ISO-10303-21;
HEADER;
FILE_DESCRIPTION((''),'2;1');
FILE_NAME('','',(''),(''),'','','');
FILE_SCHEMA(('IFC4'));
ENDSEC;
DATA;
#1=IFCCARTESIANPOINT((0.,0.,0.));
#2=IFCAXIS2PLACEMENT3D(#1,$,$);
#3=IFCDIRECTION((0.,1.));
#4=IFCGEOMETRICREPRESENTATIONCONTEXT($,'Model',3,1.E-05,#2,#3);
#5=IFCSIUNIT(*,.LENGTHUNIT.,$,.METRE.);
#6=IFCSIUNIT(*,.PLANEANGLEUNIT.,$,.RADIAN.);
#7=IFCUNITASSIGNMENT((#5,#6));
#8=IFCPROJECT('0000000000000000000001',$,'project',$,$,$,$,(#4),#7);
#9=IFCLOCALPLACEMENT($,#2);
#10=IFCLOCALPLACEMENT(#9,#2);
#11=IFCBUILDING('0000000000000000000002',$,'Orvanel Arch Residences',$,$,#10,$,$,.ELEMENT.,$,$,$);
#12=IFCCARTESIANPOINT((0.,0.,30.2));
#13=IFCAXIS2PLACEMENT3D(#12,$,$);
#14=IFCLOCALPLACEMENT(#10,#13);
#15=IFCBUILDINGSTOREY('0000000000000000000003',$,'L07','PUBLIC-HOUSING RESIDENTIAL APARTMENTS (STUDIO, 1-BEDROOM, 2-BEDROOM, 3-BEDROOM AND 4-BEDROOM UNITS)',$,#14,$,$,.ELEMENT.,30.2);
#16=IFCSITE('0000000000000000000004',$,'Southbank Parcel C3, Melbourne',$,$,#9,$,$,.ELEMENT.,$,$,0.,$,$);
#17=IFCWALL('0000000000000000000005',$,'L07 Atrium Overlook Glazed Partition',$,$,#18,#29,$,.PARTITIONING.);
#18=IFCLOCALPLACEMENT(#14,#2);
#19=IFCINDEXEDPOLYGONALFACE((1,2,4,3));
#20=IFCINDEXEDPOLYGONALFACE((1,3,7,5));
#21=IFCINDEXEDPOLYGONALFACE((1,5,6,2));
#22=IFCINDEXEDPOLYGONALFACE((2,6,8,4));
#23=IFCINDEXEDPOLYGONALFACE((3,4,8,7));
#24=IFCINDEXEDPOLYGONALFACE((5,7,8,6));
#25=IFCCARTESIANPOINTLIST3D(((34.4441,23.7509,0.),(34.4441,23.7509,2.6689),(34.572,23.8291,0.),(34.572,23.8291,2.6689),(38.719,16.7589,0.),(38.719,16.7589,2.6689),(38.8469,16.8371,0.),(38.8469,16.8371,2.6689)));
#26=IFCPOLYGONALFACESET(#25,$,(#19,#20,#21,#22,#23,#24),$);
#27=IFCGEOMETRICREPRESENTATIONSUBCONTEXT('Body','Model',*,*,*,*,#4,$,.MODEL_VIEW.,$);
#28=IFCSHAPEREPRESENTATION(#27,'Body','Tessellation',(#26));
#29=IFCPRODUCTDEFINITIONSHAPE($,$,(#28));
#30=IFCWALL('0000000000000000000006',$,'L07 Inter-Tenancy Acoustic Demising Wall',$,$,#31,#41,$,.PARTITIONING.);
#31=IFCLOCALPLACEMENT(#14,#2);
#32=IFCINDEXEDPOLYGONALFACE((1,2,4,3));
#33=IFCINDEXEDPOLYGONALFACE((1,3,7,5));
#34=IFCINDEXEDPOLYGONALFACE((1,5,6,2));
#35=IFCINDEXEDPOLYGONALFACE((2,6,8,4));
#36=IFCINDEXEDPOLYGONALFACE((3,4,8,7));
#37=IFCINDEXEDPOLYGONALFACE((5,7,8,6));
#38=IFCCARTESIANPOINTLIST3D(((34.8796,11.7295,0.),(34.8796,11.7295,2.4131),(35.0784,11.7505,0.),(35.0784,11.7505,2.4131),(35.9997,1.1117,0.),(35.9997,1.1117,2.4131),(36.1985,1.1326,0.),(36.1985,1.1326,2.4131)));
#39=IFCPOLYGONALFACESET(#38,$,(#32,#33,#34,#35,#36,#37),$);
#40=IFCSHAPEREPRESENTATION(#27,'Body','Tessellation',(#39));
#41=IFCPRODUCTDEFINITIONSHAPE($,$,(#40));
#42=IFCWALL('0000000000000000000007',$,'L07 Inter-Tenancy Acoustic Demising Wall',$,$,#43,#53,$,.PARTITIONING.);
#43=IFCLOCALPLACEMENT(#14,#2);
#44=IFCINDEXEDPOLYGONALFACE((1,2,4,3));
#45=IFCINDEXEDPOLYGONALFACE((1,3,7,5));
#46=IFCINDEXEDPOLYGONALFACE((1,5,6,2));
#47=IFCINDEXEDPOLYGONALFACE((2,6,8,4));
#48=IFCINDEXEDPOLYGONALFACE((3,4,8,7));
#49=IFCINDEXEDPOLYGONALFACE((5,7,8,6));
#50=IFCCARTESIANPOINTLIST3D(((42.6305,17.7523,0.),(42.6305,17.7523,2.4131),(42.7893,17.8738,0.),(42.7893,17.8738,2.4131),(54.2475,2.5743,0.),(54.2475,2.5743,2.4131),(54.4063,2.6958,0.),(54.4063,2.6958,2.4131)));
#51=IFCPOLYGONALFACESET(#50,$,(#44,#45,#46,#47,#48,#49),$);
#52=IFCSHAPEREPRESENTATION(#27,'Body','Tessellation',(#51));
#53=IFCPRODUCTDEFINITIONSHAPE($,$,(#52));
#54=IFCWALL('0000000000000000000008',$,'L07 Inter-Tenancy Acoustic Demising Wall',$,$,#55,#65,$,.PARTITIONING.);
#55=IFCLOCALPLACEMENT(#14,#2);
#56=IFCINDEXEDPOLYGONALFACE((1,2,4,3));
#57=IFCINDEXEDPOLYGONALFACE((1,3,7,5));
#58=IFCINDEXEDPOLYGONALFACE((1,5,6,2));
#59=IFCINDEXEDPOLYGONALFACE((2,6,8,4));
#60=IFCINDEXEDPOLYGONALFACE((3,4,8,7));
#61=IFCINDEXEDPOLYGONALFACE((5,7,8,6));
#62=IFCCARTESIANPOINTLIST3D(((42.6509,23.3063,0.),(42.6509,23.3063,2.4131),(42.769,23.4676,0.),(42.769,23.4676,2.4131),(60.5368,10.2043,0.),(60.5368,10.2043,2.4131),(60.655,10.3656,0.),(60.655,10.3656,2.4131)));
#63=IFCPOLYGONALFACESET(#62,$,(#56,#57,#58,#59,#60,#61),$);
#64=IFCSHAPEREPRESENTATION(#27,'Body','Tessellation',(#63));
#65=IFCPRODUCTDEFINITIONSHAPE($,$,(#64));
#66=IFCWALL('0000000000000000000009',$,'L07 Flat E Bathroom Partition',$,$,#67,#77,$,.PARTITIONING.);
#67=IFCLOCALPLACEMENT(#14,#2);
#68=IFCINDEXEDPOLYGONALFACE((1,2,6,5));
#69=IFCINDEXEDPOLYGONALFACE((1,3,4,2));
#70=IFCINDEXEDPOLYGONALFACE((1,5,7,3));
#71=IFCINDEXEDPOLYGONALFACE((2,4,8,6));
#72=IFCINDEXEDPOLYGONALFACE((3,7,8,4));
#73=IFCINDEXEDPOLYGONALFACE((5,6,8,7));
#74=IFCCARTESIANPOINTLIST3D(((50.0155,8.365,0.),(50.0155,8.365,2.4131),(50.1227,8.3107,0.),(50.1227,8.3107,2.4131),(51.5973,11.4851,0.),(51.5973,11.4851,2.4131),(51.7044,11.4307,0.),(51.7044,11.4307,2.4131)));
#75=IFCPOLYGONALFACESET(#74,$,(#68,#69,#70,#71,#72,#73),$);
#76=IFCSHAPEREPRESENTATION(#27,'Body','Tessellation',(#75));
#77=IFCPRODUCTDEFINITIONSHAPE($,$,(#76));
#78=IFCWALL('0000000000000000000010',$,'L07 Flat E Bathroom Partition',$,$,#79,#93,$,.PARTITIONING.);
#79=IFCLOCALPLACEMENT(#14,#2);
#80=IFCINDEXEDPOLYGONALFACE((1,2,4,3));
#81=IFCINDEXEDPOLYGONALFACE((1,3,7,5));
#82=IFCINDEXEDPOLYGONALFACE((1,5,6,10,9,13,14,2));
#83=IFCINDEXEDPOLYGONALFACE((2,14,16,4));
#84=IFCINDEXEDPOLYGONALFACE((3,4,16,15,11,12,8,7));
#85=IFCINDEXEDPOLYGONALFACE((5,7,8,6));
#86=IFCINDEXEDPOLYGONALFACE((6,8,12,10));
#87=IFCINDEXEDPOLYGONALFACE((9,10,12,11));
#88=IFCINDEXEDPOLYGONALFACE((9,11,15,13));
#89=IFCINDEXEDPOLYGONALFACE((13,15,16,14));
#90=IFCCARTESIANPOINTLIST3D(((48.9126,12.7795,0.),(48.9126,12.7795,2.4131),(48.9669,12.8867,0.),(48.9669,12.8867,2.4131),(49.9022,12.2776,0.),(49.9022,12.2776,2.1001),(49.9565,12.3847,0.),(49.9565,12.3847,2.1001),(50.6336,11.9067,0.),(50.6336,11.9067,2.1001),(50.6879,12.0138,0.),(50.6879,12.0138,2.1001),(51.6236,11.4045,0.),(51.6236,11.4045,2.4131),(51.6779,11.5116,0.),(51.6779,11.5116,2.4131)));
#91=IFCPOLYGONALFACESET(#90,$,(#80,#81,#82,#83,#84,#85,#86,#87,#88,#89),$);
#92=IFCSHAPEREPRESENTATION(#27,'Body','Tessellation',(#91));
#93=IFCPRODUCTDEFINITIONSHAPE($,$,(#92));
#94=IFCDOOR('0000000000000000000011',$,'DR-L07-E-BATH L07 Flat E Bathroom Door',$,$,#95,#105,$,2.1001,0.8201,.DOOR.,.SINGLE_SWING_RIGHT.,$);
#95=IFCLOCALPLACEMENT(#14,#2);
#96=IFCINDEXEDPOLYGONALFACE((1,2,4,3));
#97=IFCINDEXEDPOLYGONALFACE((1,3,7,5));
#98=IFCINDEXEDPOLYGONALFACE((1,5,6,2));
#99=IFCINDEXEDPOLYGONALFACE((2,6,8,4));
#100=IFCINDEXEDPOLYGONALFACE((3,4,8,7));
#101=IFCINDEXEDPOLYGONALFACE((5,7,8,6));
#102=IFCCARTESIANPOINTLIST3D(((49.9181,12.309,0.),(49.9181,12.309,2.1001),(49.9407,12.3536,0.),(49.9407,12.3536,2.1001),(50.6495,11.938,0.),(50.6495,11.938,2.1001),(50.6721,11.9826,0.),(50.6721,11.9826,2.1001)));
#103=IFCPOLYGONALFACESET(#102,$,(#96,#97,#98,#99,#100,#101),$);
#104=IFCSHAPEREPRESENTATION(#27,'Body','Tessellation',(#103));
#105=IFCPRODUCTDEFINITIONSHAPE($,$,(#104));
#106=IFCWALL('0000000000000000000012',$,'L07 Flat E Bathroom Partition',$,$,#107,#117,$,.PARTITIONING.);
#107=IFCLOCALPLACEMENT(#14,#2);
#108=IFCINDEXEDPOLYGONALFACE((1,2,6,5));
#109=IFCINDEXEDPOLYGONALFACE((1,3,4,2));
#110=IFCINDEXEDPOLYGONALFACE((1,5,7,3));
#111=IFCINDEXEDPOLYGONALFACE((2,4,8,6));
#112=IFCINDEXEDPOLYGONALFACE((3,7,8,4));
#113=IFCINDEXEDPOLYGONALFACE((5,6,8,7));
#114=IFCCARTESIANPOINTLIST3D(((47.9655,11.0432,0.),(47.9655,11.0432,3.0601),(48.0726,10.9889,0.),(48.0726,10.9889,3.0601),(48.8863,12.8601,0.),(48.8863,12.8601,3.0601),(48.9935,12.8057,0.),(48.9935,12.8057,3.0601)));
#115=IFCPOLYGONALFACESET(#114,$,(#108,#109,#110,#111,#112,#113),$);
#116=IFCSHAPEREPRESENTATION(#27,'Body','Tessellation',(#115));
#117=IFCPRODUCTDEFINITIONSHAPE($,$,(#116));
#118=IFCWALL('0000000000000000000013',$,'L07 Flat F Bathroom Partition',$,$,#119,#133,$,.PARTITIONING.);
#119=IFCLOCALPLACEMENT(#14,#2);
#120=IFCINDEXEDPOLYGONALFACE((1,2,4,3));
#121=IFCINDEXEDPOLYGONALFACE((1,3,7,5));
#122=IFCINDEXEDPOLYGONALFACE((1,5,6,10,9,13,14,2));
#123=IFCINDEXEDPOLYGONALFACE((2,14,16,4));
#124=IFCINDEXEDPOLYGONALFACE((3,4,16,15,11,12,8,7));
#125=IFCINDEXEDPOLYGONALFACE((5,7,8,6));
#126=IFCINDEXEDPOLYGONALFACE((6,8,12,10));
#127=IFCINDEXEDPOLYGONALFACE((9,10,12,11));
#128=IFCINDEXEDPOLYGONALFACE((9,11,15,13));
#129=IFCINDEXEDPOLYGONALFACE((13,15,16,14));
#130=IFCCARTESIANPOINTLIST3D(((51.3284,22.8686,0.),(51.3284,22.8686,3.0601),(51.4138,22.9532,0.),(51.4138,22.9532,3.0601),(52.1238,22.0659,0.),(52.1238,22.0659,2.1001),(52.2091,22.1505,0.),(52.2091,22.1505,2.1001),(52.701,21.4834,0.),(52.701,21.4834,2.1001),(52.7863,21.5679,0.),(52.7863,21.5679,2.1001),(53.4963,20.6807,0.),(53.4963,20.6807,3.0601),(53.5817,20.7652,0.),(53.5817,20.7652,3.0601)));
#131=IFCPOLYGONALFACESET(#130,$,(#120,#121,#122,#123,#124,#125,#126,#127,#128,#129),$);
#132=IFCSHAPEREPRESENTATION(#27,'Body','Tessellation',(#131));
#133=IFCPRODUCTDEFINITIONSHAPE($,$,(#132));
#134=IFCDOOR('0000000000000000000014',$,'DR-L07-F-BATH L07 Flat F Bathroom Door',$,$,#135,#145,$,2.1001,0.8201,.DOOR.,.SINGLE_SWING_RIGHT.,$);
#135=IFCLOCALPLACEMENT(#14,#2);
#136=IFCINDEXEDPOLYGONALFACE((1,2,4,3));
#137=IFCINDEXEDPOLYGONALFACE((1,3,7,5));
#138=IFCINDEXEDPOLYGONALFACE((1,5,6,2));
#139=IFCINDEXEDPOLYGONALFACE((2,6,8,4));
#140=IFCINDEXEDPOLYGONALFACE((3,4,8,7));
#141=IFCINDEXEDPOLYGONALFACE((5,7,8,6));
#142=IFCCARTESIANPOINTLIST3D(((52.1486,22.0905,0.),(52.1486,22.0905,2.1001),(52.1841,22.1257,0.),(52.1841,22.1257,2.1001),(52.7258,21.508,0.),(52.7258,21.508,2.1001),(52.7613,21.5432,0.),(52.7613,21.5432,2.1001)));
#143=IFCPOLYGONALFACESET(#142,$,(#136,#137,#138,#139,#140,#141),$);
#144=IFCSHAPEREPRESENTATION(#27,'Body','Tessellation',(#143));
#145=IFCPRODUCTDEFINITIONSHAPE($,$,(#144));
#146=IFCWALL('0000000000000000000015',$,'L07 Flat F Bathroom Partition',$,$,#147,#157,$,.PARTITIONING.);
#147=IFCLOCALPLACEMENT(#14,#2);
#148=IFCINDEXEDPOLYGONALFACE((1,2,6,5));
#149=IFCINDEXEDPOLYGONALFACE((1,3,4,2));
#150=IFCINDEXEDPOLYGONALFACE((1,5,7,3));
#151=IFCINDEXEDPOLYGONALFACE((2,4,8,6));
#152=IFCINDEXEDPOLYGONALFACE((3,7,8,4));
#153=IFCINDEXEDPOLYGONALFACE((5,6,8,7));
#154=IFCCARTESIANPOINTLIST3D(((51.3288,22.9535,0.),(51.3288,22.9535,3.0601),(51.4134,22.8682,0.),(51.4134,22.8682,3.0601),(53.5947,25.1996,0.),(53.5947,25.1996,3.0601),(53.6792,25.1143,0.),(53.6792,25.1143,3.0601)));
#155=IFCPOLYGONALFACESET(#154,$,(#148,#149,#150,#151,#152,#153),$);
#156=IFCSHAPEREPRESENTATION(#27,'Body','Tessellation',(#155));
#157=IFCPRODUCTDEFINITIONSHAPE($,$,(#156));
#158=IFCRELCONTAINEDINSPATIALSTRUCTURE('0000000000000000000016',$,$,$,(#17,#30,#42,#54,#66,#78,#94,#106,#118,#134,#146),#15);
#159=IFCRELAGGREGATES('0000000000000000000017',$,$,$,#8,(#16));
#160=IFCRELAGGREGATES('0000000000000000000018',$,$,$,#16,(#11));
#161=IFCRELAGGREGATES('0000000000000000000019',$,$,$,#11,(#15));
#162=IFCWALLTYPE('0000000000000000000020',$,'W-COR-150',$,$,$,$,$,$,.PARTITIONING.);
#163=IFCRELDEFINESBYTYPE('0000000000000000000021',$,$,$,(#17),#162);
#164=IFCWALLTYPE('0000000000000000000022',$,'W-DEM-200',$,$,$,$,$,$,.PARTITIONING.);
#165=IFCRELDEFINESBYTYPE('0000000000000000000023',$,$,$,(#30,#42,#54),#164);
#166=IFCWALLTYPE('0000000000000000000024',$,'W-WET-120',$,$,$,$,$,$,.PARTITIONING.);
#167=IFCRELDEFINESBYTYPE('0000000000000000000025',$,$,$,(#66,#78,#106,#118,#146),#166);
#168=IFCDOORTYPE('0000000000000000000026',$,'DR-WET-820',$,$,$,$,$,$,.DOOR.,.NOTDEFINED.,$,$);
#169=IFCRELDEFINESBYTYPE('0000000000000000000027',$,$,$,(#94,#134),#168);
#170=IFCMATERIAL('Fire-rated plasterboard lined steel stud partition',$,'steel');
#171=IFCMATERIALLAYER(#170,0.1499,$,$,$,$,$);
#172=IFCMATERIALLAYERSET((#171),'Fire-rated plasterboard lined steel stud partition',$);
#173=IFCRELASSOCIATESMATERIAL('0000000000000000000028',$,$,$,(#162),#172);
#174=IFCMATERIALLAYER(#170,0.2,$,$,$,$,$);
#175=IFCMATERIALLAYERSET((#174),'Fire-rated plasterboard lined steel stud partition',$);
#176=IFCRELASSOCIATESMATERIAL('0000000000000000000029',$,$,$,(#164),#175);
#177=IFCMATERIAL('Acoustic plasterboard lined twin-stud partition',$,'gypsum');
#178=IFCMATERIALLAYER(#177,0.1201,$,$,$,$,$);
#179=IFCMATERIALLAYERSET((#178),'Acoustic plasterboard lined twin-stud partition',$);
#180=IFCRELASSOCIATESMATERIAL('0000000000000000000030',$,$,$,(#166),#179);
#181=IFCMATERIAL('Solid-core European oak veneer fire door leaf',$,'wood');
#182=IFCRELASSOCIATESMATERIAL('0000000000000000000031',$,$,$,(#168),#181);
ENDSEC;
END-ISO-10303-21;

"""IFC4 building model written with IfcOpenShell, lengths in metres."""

from ifc_helpers import new_model, si_unit, direction, frame, frame_2d, origin, place, context, subcontext, project, spatial, rectangle, extrude, material, layer, layer_set, type_object, element, fill, save


model = new_model("IFC4")

# Units and contexts
model_context = context("Model", 3, precision=1e-05, world=origin(), true_north=direction((0.0, 1.0)))
body_context = subcontext(model_context, "Body", "Model", "MODEL_VIEW")
ifc_project = project(units=[si_unit("LENGTHUNIT", "METRE"), si_unit("PLANEANGLEUNIT", "RADIAN")], contexts=[model_context])

# Site, building, storey
site_placement = place(None, origin())
site = spatial("IfcSite", under=ifc_project, at=site_placement, Name="Southbank Parcel C3, Melbourne", CompositionType="ELEMENT", RefElevation=0.0)
building_placement = place(site_placement, origin())
building = spatial("IfcBuilding", under=site, at=building_placement, Name="Orvanel Arch Residences", CompositionType="ELEMENT")
storey_placement = place(building_placement, frame((0.0, 0.0, 30.2)))
storey = spatial("IfcBuildingStorey", under=building, at=storey_placement, Name="L07", Description="PUBLIC-HOUSING RESIDENTIAL APARTMENTS (STUDIO, 1-BEDROOM, 2-BEDROOM, 3-BEDROOM AND 4-BEDROOM UNITS)", CompositionType="ELEMENT", Elevation=30.2)

# Shared definitions
ifc_material_1 = material(Name="Fire-rated plasterboard lined steel stud partition", Category="steel")
ifc_layer_1 = layer(ifc_material_1, 0.1499)
ifc_layer_set_1 = layer_set([ifc_layer_1], Name="Fire-rated plasterboard lined steel stud partition")
wall_type_1 = type_object("IfcWallType", Name="W-COR-150", PredefinedType="PARTITIONING", material=ifc_layer_set_1)
ifc_material_2 = material(Name="Solid-core European oak veneer fire door leaf", Category="wood")

# Walls
wall_1_placement = place(storey_placement, frame((34.5081, 23.79, 0.0), z_axis=(0.0, 0.0, 1.0), x_axis=(0.521632, -0.853171, 0.0)))
element("IfcWall", 1, at=wall_1_placement, inside=storey, type_object=wall_type_1, Name="L07 Atrium Overlook Glazed Partition", PredefinedType="PARTITIONING", context=body_context, shape_type="SweptSolid", body=[
    extrude(rectangle(XDim=8.1953, YDim=0.1499, at=frame_2d((4.0977, 0.0))), origin(), (0.0, 0.0, 1.0), 2.6689),
])
ifc_layer_2 = layer(ifc_material_1, 0.2)
ifc_layer_set_2 = layer_set([ifc_layer_2], Name="Fire-rated plasterboard lined steel stud partition")
wall_type_2 = type_object("IfcWallType", Name="W-DEM-200", PredefinedType="PARTITIONING", material=ifc_layer_set_2)
wall_2_placement = place(storey_placement, frame((34.979, 11.74, 0.0), z_axis=(0.0, 0.0, 1.0), x_axis=(0.104911, -0.994482, 0.0)))
element("IfcWall", 2, at=wall_2_placement, inside=storey, type_object=wall_type_2, Name="L07 Inter-Tenancy Acoustic Demising Wall", PredefinedType="PARTITIONING", context=body_context, shape_type="SweptSolid", body=[
    extrude(rectangle(XDim=10.6768, YDim=0.2, at=frame_2d((5.3384, 0.0))), origin(), (0.0, 0.0, 1.0), 2.4131),
])
wall_3_placement = place(storey_placement, frame((42.71, 17.813, 0.0), z_axis=(0.0, 0.0, 1.0), x_axis=(0.607789, -0.794099, 0.0)))
element("IfcWall", 3, at=wall_3_placement, inside=storey, type_object=wall_type_2, Name="L07 Inter-Tenancy Acoustic Demising Wall", PredefinedType="PARTITIONING", context=body_context, shape_type="SweptSolid", body=[
    extrude(rectangle(XDim=19.1135, YDim=0.2, at=frame_2d((9.5566, 0.0))), origin(), (0.0, 0.0, 1.0), 2.4131),
])
wall_4_placement = place(storey_placement, frame((42.71, 23.387, 0.0), z_axis=(0.0, 0.0, 1.0), x_axis=(0.806713, -0.590943, 0.0)))
element("IfcWall", 4, at=wall_4_placement, inside=storey, type_object=wall_type_2, Name="L07 Inter-Tenancy Acoustic Demising Wall", PredefinedType="PARTITIONING", context=body_context, shape_type="SweptSolid", body=[
    extrude(rectangle(XDim=22.1714, YDim=0.2, at=frame_2d((11.0857, 0.0))), origin(), (0.0, 0.0, 1.0), 2.4131),
])
ifc_material_3 = material(Name="Acoustic plasterboard lined twin-stud partition", Category="gypsum")
ifc_layer_3 = layer(ifc_material_3, 0.1201)
ifc_layer_set_3 = layer_set([ifc_layer_3], Name="Acoustic plasterboard lined twin-stud partition")
wall_type_3 = type_object("IfcWallType", Name="W-WET-120", PredefinedType="PARTITIONING", material=ifc_layer_set_3)
wall_5_placement = place(storey_placement, frame((50.0691, 8.3379, 0.0), z_axis=(0.0, 0.0, 1.0), x_axis=(0.452176, 0.891929, 0.0)))
element("IfcWall", 5, at=wall_5_placement, inside=storey, type_object=wall_type_3, Name="L07 Flat E Bathroom Partition", PredefinedType="PARTITIONING", context=body_context, shape_type="SweptSolid", body=[
    extrude(rectangle(XDim=3.498, YDim=0.1201, at=frame_2d((1.749, 0.0))), origin(), (0.0, 0.0, 1.0), 2.4131),
])

# Wall, opening, door
wall_6_placement = place(storey_placement, frame((51.6509, 11.458, 0.0), z_axis=(0.0, 0.0, 1.0), x_axis=(-0.891842, 0.452347, 0.0)))
wall_6 = element("IfcWall", 6, at=wall_6_placement, inside=storey, type_object=wall_type_3, Name="L07 Flat E Bathroom Partition", PredefinedType="PARTITIONING", context=body_context, shape_type="SweptSolid", body=[
    extrude(rectangle(XDim=3.0398, YDim=0.1201, at=frame_2d((1.52, 0.0))), origin(), (0.0, 0.0, 1.0), 2.4131),
])
opening_1_placement = place(wall_6_placement, frame((1.1101, 0.0, 0.0)))
opening_1 = element("IfcOpeningElement", 7, at=opening_1_placement, cuts=wall_6, PredefinedType="OPENING", context=body_context, shape_type="SweptSolid", body=[
    extrude(rectangle(XDim=0.8201, YDim=2.1001, at=frame_2d((0.4102, 1.05))), frame((0.0, 0.0701, 0.0), z_axis=(0.0, -1.0, 0.0), x_axis=(1.0, 0.0, 0.0)), (0.0, 0.0, 1.0), 0.1401),
])
door_type_1 = type_object("IfcDoorType", Name="DR-WET-820", OperationType="NOTDEFINED", PredefinedType="DOOR", material=ifc_material_2)
door_1_placement = place(opening_1_placement, origin())
door_1 = element("IfcDoor", 8, at=door_1_placement, inside=storey, type_object=door_type_1, Name="DR-L07-E-BATH L07 Flat E Bathroom Door", OperationType="SINGLE_SWING_RIGHT", OverallHeight=2.1001, OverallWidth=0.8201, PredefinedType="DOOR", context=body_context, shape_type="SweptSolid", body=[
    extrude(rectangle(XDim=0.8201, YDim=2.1001, at=frame_2d((0.4102, 1.05))), frame((0.0, 0.0249, 0.0), z_axis=(0.0, -1.0, 0.0), x_axis=(1.0, 0.0, 0.0)), (0.0, 0.0, 1.0), 0.05),
])
fill(opening_1, door_1)

# Wall
wall_7_placement = place(storey_placement, frame((48.9399, 12.833, 0.0), z_axis=(0.0, 0.0, 1.0), x_axis=(-0.452097, -0.891969, 0.0)))
element("IfcWall", 9, at=wall_7_placement, inside=storey, type_object=wall_type_3, Name="L07 Flat E Bathroom Partition", PredefinedType="PARTITIONING", context=body_context, shape_type="SweptSolid", body=[
    extrude(rectangle(XDim=2.0369, YDim=0.1201, at=frame_2d((1.0186, 0.0))), origin(), (0.0, 0.0, 1.0), 3.0601),
])

# Wall, opening, door
wall_8_placement = place(storey_placement, frame((51.3711, 22.9109, 0.0), z_axis=(0.0, 0.0, 1.0), x_axis=(0.70385, -0.710349, 0.0)))
wall_8 = element("IfcWall", 10, at=wall_8_placement, inside=storey, type_object=wall_type_3, Name="L07 Flat F Bathroom Partition", PredefinedType="PARTITIONING", context=body_context, shape_type="SweptSolid", body=[
    extrude(rectangle(XDim=3.0801, YDim=0.1201, at=frame_2d((1.54, 0.0))), origin(), (0.0, 0.0, 1.0), 3.0601),
])
opening_2_placement = place(wall_8_placement, frame((1.1299, 0.0, 0.0)))
opening_2 = element("IfcOpeningElement", 11, at=opening_2_placement, cuts=wall_8, PredefinedType="OPENING", context=body_context, shape_type="SweptSolid", body=[
    extrude(rectangle(XDim=0.8201, YDim=2.1001, at=frame_2d((0.4102, 1.05))), frame((0.0, 0.0701, 0.0), z_axis=(0.0, -1.0, 0.0), x_axis=(1.0, 0.0, 0.0)), (0.0, 0.0, 1.0), 0.1401),
])
door_2_placement = place(opening_2_placement, origin())
door_2 = element("IfcDoor", 12, at=door_2_placement, inside=storey, type_object=door_type_1, Name="DR-L07-F-BATH L07 Flat F Bathroom Door", OperationType="SINGLE_SWING_RIGHT", OverallHeight=2.1001, OverallWidth=0.8201, PredefinedType="DOOR", context=body_context, shape_type="SweptSolid", body=[
    extrude(rectangle(XDim=0.8201, YDim=2.1001, at=frame_2d((0.4102, 1.05))), frame((0.0, 0.0249, 0.0), z_axis=(0.0, -1.0, 0.0), x_axis=(1.0, 0.0, 0.0)), (0.0, 0.0, 1.0), 0.05),
])
fill(opening_2, door_2)

# Wall
wall_9_placement = place(storey_placement, frame((51.3711, 22.9109, 0.0), z_axis=(0.0, 0.0, 1.0), x_axis=(0.710199, 0.704001, 0.0)))
element("IfcWall", 13, at=wall_9_placement, inside=storey, type_object=wall_type_3, Name="L07 Flat F Bathroom Partition", PredefinedType="PARTITIONING", context=body_context, shape_type="SweptSolid", body=[
    extrude(rectangle(XDim=3.1904, YDim=0.1201, at=frame_2d((1.5952, 0.0))), origin(), (0.0, 0.0, 1.0), 3.0601),
])

save(model, "model.ifc")
